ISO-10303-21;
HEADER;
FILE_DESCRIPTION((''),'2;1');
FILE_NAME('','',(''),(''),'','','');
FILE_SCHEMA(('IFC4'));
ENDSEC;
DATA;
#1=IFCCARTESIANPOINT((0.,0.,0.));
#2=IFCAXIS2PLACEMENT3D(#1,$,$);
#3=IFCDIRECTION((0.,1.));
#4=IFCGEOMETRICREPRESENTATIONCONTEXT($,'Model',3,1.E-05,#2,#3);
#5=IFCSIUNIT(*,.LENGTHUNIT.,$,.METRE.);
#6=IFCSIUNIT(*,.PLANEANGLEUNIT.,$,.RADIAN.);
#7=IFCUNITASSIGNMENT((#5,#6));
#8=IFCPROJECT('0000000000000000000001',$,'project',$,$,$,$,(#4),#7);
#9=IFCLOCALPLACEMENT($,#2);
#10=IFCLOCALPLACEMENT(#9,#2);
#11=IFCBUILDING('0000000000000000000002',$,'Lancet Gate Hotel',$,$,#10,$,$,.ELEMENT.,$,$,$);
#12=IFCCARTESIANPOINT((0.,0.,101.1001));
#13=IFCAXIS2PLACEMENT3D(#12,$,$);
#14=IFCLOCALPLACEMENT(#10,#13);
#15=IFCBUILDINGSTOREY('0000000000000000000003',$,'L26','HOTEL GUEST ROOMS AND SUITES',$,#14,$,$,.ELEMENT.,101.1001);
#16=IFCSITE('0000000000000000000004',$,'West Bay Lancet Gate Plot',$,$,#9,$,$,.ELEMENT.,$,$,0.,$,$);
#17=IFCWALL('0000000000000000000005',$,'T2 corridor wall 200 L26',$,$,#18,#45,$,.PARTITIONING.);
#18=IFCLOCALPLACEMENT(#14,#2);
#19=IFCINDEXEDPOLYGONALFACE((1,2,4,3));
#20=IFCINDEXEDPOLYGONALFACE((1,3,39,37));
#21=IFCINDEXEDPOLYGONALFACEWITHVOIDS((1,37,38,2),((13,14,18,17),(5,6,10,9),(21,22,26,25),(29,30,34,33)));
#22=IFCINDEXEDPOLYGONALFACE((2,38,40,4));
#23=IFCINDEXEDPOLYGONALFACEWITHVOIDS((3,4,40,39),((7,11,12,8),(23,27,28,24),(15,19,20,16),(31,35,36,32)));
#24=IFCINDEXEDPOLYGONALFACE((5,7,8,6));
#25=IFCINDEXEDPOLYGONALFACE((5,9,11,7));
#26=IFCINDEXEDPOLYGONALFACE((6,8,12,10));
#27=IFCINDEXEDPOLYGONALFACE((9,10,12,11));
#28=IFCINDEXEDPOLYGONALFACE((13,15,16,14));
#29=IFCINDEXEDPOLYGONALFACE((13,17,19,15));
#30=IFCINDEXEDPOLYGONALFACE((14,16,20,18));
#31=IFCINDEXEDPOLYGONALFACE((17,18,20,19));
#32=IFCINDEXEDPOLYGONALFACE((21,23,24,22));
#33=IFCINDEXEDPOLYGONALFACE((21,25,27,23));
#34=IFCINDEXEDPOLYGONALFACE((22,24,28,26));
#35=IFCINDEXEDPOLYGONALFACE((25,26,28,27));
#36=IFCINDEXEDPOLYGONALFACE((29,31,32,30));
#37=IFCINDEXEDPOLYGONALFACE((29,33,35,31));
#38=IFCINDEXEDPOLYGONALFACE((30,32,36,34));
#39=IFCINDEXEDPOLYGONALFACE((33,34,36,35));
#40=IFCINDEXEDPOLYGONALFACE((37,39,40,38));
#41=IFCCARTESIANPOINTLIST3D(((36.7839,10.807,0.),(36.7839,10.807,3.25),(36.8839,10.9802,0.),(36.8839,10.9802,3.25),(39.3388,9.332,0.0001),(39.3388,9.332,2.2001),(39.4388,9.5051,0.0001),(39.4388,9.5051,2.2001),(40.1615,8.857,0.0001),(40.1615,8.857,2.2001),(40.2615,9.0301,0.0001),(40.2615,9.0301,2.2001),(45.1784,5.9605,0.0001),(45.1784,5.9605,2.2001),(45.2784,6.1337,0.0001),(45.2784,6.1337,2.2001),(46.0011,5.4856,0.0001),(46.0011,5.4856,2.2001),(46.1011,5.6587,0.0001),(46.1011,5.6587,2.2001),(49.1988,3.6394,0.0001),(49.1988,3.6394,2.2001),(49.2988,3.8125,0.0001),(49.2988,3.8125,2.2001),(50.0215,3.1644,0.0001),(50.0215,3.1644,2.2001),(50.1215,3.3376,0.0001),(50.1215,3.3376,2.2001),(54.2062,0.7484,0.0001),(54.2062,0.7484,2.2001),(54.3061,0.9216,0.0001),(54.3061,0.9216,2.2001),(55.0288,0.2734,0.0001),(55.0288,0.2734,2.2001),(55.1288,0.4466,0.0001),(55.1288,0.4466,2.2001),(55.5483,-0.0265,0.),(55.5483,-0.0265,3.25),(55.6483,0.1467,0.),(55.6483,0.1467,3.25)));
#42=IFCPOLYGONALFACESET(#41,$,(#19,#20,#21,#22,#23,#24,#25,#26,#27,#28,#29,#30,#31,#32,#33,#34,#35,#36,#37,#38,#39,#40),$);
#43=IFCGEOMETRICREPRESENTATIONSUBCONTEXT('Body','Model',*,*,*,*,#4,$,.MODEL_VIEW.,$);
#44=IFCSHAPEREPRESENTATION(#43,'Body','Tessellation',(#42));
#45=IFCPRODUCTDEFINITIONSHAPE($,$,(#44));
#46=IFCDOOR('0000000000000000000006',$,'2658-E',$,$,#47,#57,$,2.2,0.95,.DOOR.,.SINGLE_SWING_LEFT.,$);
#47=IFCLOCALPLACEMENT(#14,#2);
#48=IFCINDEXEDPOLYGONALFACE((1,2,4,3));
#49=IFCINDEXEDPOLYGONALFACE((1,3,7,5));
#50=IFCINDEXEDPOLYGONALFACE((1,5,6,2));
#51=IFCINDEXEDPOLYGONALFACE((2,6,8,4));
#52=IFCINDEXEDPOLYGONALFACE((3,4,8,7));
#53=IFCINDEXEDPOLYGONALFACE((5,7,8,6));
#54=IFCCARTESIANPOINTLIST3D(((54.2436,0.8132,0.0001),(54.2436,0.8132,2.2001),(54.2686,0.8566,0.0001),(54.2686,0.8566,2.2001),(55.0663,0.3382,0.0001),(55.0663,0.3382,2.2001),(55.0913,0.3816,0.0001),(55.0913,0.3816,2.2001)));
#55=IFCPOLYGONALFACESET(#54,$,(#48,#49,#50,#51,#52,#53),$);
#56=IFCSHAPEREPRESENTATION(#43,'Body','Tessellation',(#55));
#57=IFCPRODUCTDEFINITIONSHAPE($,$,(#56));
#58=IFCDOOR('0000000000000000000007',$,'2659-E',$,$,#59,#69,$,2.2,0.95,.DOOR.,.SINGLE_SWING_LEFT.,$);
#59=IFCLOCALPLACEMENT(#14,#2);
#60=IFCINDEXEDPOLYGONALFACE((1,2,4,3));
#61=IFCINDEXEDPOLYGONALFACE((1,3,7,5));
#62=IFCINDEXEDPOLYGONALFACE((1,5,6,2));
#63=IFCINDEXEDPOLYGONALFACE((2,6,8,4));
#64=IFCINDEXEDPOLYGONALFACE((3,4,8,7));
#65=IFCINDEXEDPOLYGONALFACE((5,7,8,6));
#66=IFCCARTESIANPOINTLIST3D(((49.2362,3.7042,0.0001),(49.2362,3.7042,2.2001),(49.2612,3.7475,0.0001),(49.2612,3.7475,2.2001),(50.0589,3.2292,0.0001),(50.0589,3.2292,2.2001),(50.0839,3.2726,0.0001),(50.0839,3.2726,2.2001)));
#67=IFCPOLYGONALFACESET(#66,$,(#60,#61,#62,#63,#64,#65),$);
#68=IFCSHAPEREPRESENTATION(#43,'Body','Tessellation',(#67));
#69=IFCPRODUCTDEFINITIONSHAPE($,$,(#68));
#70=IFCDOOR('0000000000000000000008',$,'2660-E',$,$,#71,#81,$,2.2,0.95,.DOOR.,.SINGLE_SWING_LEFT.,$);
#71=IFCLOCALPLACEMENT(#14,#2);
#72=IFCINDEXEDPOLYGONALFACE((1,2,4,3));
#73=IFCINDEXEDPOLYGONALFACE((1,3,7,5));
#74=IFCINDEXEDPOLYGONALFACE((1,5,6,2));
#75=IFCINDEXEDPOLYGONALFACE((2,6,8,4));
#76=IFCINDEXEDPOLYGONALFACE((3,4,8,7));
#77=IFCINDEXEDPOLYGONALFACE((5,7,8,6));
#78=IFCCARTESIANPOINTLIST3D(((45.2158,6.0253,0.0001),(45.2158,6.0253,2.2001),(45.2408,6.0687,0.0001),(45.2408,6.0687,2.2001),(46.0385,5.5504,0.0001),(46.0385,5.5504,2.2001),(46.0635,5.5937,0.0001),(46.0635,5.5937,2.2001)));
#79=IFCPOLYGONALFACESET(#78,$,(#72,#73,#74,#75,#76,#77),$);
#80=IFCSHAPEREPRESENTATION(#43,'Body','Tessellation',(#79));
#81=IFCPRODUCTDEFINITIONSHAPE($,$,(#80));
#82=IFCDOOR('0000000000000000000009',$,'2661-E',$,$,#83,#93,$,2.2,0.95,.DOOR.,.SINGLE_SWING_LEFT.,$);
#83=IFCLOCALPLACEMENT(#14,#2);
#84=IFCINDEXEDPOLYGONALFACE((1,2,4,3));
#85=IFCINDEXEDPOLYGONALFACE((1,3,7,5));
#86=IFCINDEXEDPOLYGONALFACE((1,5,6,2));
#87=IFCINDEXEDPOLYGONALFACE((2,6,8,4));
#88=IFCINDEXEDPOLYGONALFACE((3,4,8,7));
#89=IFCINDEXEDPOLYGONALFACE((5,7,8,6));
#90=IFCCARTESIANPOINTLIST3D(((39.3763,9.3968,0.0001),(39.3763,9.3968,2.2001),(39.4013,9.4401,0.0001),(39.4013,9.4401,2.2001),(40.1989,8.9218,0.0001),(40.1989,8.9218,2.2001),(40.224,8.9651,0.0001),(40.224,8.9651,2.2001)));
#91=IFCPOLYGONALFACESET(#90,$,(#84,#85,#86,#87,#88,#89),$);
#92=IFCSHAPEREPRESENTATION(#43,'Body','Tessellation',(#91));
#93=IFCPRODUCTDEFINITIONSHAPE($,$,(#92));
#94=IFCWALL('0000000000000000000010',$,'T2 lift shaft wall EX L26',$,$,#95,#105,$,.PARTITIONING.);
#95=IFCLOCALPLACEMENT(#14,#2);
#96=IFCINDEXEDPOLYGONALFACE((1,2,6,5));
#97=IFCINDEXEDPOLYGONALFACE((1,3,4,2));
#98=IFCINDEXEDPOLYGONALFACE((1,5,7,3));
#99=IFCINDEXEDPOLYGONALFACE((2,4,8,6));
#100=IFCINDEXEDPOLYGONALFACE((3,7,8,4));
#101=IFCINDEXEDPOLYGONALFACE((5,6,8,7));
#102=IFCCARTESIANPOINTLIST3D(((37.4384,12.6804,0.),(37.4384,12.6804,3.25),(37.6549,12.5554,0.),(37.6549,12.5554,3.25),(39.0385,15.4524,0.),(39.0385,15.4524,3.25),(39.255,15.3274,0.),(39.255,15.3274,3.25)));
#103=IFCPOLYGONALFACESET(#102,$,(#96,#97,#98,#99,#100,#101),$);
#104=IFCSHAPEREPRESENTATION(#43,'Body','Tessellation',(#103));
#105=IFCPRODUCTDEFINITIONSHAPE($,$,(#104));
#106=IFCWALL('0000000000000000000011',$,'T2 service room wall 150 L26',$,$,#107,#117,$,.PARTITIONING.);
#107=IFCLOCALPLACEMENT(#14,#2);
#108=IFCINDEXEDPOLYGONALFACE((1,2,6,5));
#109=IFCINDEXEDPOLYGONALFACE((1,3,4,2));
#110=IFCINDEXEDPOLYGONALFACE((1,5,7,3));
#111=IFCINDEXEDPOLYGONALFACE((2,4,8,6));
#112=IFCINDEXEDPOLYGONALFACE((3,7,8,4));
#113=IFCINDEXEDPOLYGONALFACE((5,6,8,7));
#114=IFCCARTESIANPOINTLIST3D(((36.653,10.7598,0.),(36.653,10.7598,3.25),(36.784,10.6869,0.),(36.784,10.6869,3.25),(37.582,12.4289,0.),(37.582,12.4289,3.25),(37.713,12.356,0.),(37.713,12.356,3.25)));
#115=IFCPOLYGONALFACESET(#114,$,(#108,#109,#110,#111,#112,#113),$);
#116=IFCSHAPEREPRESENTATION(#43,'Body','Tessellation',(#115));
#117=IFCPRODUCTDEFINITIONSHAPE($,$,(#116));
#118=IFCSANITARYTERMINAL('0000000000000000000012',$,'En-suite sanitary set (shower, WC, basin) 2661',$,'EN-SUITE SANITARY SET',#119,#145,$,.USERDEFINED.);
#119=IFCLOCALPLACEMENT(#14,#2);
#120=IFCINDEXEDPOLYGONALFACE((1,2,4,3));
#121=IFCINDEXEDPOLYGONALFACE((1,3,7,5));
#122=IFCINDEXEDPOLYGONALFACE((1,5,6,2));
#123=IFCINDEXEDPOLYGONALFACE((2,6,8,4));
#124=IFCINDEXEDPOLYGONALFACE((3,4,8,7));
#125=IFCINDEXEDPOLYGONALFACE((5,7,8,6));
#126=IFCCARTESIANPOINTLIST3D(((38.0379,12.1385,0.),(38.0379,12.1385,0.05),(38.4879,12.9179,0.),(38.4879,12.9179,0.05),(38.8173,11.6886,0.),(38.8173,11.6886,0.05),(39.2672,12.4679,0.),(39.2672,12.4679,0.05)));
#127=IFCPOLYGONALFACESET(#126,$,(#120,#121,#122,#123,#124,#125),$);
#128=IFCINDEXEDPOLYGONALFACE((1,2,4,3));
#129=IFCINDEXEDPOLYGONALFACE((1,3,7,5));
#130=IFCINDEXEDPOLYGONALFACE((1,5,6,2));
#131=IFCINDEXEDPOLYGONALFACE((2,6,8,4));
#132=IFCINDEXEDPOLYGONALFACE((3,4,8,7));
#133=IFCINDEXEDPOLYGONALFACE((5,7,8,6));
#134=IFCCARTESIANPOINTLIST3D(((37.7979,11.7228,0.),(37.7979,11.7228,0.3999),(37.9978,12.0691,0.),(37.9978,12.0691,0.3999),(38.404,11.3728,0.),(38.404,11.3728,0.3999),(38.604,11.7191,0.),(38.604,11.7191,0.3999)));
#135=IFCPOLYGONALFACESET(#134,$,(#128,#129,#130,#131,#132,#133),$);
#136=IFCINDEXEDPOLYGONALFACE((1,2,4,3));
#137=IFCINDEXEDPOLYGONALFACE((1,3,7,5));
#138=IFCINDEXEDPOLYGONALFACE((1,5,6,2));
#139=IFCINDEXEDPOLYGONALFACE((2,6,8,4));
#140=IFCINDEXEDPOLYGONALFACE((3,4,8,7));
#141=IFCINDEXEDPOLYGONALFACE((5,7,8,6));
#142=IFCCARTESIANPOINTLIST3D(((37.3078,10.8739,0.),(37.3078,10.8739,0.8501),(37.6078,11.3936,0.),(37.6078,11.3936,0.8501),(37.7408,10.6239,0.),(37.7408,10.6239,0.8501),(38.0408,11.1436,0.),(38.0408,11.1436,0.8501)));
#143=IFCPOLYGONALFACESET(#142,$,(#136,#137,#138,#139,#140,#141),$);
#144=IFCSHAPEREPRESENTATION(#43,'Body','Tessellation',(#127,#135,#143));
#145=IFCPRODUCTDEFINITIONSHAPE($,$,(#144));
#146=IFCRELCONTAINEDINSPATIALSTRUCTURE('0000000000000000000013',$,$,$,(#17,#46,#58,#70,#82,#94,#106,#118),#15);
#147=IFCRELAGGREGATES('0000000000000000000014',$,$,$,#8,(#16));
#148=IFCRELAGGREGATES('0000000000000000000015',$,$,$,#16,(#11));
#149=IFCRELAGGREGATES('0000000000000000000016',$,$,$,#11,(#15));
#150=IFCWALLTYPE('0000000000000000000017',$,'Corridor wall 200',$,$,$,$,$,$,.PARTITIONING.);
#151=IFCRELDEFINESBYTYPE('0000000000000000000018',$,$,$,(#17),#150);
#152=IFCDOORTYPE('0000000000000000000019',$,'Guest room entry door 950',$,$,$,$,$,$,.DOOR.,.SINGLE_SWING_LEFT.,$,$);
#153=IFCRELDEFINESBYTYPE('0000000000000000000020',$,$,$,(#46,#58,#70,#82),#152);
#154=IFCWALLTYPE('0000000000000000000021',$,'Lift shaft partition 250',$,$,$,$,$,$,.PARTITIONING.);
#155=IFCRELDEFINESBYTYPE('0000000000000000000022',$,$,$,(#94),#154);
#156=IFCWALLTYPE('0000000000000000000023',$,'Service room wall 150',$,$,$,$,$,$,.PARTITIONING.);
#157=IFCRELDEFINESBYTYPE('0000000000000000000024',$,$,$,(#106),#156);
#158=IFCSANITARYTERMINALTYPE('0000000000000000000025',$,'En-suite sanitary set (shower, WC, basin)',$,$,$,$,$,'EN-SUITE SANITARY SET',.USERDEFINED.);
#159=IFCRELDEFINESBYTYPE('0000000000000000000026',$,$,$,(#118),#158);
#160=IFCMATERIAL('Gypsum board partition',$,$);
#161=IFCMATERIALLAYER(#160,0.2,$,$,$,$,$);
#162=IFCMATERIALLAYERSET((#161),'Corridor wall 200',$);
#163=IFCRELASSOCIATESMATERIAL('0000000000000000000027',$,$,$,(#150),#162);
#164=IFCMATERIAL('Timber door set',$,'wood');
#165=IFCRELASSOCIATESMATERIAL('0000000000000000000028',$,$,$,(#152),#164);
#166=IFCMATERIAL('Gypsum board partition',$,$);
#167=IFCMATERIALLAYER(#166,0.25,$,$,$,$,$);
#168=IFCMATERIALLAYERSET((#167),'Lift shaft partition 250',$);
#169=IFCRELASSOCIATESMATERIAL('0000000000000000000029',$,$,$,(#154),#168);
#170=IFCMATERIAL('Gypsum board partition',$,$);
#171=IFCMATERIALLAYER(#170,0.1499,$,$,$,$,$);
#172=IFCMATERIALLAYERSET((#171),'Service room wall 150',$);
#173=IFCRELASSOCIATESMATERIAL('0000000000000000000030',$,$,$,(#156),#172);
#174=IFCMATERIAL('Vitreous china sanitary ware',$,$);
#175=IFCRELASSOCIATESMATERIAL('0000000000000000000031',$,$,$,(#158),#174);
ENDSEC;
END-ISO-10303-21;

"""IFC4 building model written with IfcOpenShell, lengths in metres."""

from ifc_helpers import new_model, si_unit, direction, frame, frame_2d, origin, origin_2d, place, context, subcontext, project, spatial, rectangle, extrude, material, layer, layer_set, type_object, element, fill, save


model = new_model("IFC4")

# Units and contexts
model_context = context("Model", 3, precision=1e-05, world=origin(), true_north=direction((0.0, 1.0)))
body_context = subcontext(model_context, "Body", "Model", "MODEL_VIEW")
ifc_project = project(units=[si_unit("LENGTHUNIT", "METRE"), si_unit("PLANEANGLEUNIT", "RADIAN")], contexts=[model_context])

# Site, building, storey
site_placement = place(None, origin())
site = spatial("IfcSite", under=ifc_project, at=site_placement, Name="West Bay Lancet Gate Plot", CompositionType="ELEMENT", RefElevation=0.0)
building_placement = place(site_placement, origin())
building = spatial("IfcBuilding", under=site, at=building_placement, Name="Lancet Gate Hotel", CompositionType="ELEMENT")
storey_placement = place(building_placement, frame((0.0, 0.0, 101.1001)))
storey = spatial("IfcBuildingStorey", under=building, at=storey_placement, Name="L26", Description="HOTEL GUEST ROOMS AND SUITES", CompositionType="ELEMENT", Elevation=101.1001)

# Wall, openings, doors
ifc_material_1 = material(Name="Gypsum board partition")
ifc_layer_1 = layer(ifc_material_1, 0.2)
ifc_layer_set_1 = layer_set([ifc_layer_1], Name="Corridor wall 200")
wall_type_1 = type_object("IfcWallType", Name="Corridor wall 200", PredefinedType="PARTITIONING", material=ifc_layer_set_1)
wall_1_placement = place(storey_placement, frame((36.834, 10.8936, 0.0), z_axis=(0.0, 0.0, 1.0), x_axis=(0.866028, -0.499995, 0.0)))
wall_1 = element("IfcWall", 1, at=wall_1_placement, inside=storey, type_object=wall_type_1, Name="T2 corridor wall 200 L26", PredefinedType="PARTITIONING", context=body_context, shape_type="SweptSolid", body=[
    extrude(rectangle(XDim=21.6672, YDim=0.2, at=frame_2d((10.8335, 0.0))), origin(), (0.0, 0.0, 1.0), 3.25),
])
opening_1_placement = place(wall_1_placement, frame((20.1172, 0.0, 0.0)))
opening_1 = element("IfcOpeningElement", 2, at=opening_1_placement, cuts=wall_1, PredefinedType="OPENING", context=body_context, shape_type="SweptSolid", body=[
    extrude(rectangle(XDim=0.95, YDim=2.2, at=frame_2d((0.4751, 1.1001))), frame((0.0, 0.1099, 0.0), z_axis=(0.0, -1.0, 0.0), x_axis=(1.0, 0.0, 0.0)), (0.0, 0.0, 1.0), 0.22),
])
opening_2_placement = place(wall_1_placement, frame((14.3352, 0.0, 0.0)))
opening_2 = element("IfcOpeningElement", 3, at=opening_2_placement, cuts=wall_1, PredefinedType="OPENING", context=body_context, shape_type="SweptSolid", body=[
    extrude(rectangle(XDim=0.95, YDim=2.2, at=frame_2d((0.4751, 1.1001))), frame((0.0, 0.1099, 0.0), z_axis=(0.0, -1.0, 0.0), x_axis=(1.0, 0.0, 0.0)), (0.0, 0.0, 1.0), 0.22),
])
opening_3_placement = place(wall_1_placement, frame((9.6929, 0.0, 0.0)))
opening_3 = element("IfcOpeningElement", 4, at=opening_3_placement, cuts=wall_1, PredefinedType="OPENING", context=body_context, shape_type="SweptSolid", body=[
    extrude(rectangle(XDim=0.95, YDim=2.2, at=frame_2d((0.4751, 1.1001))), frame((0.0, 0.1099, 0.0), z_axis=(0.0, -1.0, 0.0), x_axis=(1.0, 0.0, 0.0)), (0.0, 0.0, 1.0), 0.22),
])
opening_4_placement = place(wall_1_placement, frame((2.95, 0.0, 0.0)))
opening_4 = element("IfcOpeningElement", 5, at=opening_4_placement, cuts=wall_1, PredefinedType="OPENING", context=body_context, shape_type="SweptSolid", body=[
    extrude(rectangle(XDim=0.95, YDim=2.2, at=frame_2d((0.4751, 1.1001))), frame((0.0, 0.1099, 0.0), z_axis=(0.0, -1.0, 0.0), x_axis=(1.0, 0.0, 0.0)), (0.0, 0.0, 1.0), 0.22),
])
ifc_material_2 = material(Name="Timber door set", Category="wood")
door_type_1 = type_object("IfcDoorType", Name="Guest room entry door 950", OperationType="SINGLE_SWING_LEFT", PredefinedType="DOOR", material=ifc_material_2)
door_1_placement = place(opening_1_placement, origin())
door_1 = element("IfcDoor", 6, at=door_1_placement, inside=storey, type_object=door_type_1, Name="2658-E", OperationType="SINGLE_SWING_LEFT", OverallHeight=2.2, OverallWidth=0.95, PredefinedType="DOOR", context=body_context, shape_type="SweptSolid", body=[
    extrude(rectangle(XDim=0.95, YDim=2.2, at=frame_2d((0.4751, 1.1001))), frame((0.0, 0.0249, 0.0), z_axis=(0.0, -1.0, 0.0), x_axis=(1.0, 0.0, 0.0)), (0.0, 0.0, 1.0), 0.05),
])
fill(opening_1, door_1)
door_2_placement = place(opening_2_placement, origin())
door_2 = element("IfcDoor", 7, at=door_2_placement, inside=storey, type_object=door_type_1, Name="2659-E", OperationType="SINGLE_SWING_LEFT", OverallHeight=2.2, OverallWidth=0.95, PredefinedType="DOOR", context=body_context, shape_type="SweptSolid", body=[
    extrude(rectangle(XDim=0.95, YDim=2.2, at=frame_2d((0.4751, 1.1001))), frame((0.0, 0.0249, 0.0), z_axis=(0.0, -1.0, 0.0), x_axis=(1.0, 0.0, 0.0)), (0.0, 0.0, 1.0), 0.05),
])
fill(opening_2, door_2)
door_3_placement = place(opening_3_placement, origin())
door_3 = element("IfcDoor", 8, at=door_3_placement, inside=storey, type_object=door_type_1, Name="2660-E", OperationType="SINGLE_SWING_LEFT", OverallHeight=2.2, OverallWidth=0.95, PredefinedType="DOOR", context=body_context, shape_type="SweptSolid", body=[
    extrude(rectangle(XDim=0.95, YDim=2.2, at=frame_2d((0.4751, 1.1001))), frame((0.0, 0.0249, 0.0), z_axis=(0.0, -1.0, 0.0), x_axis=(1.0, 0.0, 0.0)), (0.0, 0.0, 1.0), 0.05),
])
fill(opening_3, door_3)
door_4_placement = place(opening_4_placement, origin())
door_4 = element("IfcDoor", 9, at=door_4_placement, inside=storey, type_object=door_type_1, Name="2661-E", OperationType="SINGLE_SWING_LEFT", OverallHeight=2.2, OverallWidth=0.95, PredefinedType="DOOR", context=body_context, shape_type="SweptSolid", body=[
    extrude(rectangle(XDim=0.95, YDim=2.2, at=frame_2d((0.4751, 1.1001))), frame((0.0, 0.0249, 0.0), z_axis=(0.0, -1.0, 0.0), x_axis=(1.0, 0.0, 0.0)), (0.0, 0.0, 1.0), 0.05),
])
fill(opening_4, door_4)

# Walls
ifc_material_3 = material(Name="Gypsum board partition")
ifc_layer_2 = layer(ifc_material_3, 0.25)
ifc_layer_set_2 = layer_set([ifc_layer_2], Name="Lift shaft partition 250")
wall_type_2 = type_object("IfcWallType", Name="Lift shaft partition 250", PredefinedType="PARTITIONING", material=ifc_layer_set_2)
wall_2_placement = place(storey_placement, frame((37.5466, 12.6179, 0.0), z_axis=(0.0, 0.0, 1.0), x_axis=(0.499929, 0.866066, 0.0)))
element("IfcWall", 10, at=wall_2_placement, inside=storey, type_object=wall_type_2, Name="T2 lift shaft wall EX L26", PredefinedType="PARTITIONING", context=body_context, shape_type="SweptSolid", body=[
    extrude(rectangle(XDim=3.2007, YDim=0.25, at=frame_2d((1.6003, 0.0))), origin(), (0.0, 0.0, 1.0), 3.25),
])
ifc_material_4 = material(Name="Gypsum board partition")
ifc_layer_3 = layer(ifc_material_4, 0.1499)
ifc_layer_set_3 = layer_set([ifc_layer_3], Name="Service room wall 150")
wall_type_3 = type_object("IfcWallType", Name="Service room wall 150", PredefinedType="PARTITIONING", material=ifc_layer_set_3)
wall_3_placement = place(storey_placement, frame((36.7185, 10.7234, 0.0), z_axis=(0.0, 0.0, 1.0), x_axis=(0.486348, 0.873765, 0.0)))
element("IfcWall", 11, at=wall_3_placement, inside=storey, type_object=wall_type_3, Name="T2 service room wall 150 L26", PredefinedType="PARTITIONING", context=body_context, shape_type="SweptSolid", body=[
    extrude(rectangle(XDim=1.9102, YDim=0.1499, at=frame_2d((0.9551, 0.0))), origin(), (0.0, 0.0, 1.0), 3.25),
])

# Sanitary terminal
ifc_material_5 = material(Name="Vitreous china sanitary ware")
sanitary_terminal_type = type_object("IfcSanitaryTerminalType", Name="En-suite sanitary set (shower, WC, basin)", ElementType="EN-SUITE SANITARY SET", PredefinedType="USERDEFINED", material=ifc_material_5)
sanitary_terminal_placement = place(storey_placement, frame((38.6526, 12.3032, 0.0), z_axis=(0.0, 0.0, 1.0), x_axis=(1.0, 0.0, 0.0)))
element("IfcSanitaryTerminal", 12, at=sanitary_terminal_placement, inside=storey, type_object=sanitary_terminal_type, Name="En-suite sanitary set (shower, WC, basin) 2661", ObjectType="EN-SUITE SANITARY SET", PredefinedType="USERDEFINED", context=body_context, shape_type="SweptSolid", body=[
    extrude(rectangle(XDim=0.8999, YDim=0.8999, at=origin_2d()), frame((0.0, 0.0, 0.0), z_axis=(0.0, 0.0, 1.0), x_axis=(0.5, 0.866025, 0.0)), (0.0, 0.0, 1.0), 0.05),
    extrude(rectangle(XDim=0.3999, YDim=0.7, at=origin_2d()), frame((-0.4517, -0.5823, 0.0), z_axis=(0.0, 0.0, 1.0), x_axis=(0.5, 0.866025, 0.0)), (0.0, 0.0, 1.0), 0.3999),
    extrude(rectangle(XDim=0.6001, YDim=0.5, at=origin_2d()), frame((-0.9783, -1.2944, 0.0), z_axis=(0.0, 0.0, 1.0), x_axis=(0.5, 0.866025, 0.0)), (0.0, 0.0, 1.0), 0.8501),
])

save(model, "model.ifc")
